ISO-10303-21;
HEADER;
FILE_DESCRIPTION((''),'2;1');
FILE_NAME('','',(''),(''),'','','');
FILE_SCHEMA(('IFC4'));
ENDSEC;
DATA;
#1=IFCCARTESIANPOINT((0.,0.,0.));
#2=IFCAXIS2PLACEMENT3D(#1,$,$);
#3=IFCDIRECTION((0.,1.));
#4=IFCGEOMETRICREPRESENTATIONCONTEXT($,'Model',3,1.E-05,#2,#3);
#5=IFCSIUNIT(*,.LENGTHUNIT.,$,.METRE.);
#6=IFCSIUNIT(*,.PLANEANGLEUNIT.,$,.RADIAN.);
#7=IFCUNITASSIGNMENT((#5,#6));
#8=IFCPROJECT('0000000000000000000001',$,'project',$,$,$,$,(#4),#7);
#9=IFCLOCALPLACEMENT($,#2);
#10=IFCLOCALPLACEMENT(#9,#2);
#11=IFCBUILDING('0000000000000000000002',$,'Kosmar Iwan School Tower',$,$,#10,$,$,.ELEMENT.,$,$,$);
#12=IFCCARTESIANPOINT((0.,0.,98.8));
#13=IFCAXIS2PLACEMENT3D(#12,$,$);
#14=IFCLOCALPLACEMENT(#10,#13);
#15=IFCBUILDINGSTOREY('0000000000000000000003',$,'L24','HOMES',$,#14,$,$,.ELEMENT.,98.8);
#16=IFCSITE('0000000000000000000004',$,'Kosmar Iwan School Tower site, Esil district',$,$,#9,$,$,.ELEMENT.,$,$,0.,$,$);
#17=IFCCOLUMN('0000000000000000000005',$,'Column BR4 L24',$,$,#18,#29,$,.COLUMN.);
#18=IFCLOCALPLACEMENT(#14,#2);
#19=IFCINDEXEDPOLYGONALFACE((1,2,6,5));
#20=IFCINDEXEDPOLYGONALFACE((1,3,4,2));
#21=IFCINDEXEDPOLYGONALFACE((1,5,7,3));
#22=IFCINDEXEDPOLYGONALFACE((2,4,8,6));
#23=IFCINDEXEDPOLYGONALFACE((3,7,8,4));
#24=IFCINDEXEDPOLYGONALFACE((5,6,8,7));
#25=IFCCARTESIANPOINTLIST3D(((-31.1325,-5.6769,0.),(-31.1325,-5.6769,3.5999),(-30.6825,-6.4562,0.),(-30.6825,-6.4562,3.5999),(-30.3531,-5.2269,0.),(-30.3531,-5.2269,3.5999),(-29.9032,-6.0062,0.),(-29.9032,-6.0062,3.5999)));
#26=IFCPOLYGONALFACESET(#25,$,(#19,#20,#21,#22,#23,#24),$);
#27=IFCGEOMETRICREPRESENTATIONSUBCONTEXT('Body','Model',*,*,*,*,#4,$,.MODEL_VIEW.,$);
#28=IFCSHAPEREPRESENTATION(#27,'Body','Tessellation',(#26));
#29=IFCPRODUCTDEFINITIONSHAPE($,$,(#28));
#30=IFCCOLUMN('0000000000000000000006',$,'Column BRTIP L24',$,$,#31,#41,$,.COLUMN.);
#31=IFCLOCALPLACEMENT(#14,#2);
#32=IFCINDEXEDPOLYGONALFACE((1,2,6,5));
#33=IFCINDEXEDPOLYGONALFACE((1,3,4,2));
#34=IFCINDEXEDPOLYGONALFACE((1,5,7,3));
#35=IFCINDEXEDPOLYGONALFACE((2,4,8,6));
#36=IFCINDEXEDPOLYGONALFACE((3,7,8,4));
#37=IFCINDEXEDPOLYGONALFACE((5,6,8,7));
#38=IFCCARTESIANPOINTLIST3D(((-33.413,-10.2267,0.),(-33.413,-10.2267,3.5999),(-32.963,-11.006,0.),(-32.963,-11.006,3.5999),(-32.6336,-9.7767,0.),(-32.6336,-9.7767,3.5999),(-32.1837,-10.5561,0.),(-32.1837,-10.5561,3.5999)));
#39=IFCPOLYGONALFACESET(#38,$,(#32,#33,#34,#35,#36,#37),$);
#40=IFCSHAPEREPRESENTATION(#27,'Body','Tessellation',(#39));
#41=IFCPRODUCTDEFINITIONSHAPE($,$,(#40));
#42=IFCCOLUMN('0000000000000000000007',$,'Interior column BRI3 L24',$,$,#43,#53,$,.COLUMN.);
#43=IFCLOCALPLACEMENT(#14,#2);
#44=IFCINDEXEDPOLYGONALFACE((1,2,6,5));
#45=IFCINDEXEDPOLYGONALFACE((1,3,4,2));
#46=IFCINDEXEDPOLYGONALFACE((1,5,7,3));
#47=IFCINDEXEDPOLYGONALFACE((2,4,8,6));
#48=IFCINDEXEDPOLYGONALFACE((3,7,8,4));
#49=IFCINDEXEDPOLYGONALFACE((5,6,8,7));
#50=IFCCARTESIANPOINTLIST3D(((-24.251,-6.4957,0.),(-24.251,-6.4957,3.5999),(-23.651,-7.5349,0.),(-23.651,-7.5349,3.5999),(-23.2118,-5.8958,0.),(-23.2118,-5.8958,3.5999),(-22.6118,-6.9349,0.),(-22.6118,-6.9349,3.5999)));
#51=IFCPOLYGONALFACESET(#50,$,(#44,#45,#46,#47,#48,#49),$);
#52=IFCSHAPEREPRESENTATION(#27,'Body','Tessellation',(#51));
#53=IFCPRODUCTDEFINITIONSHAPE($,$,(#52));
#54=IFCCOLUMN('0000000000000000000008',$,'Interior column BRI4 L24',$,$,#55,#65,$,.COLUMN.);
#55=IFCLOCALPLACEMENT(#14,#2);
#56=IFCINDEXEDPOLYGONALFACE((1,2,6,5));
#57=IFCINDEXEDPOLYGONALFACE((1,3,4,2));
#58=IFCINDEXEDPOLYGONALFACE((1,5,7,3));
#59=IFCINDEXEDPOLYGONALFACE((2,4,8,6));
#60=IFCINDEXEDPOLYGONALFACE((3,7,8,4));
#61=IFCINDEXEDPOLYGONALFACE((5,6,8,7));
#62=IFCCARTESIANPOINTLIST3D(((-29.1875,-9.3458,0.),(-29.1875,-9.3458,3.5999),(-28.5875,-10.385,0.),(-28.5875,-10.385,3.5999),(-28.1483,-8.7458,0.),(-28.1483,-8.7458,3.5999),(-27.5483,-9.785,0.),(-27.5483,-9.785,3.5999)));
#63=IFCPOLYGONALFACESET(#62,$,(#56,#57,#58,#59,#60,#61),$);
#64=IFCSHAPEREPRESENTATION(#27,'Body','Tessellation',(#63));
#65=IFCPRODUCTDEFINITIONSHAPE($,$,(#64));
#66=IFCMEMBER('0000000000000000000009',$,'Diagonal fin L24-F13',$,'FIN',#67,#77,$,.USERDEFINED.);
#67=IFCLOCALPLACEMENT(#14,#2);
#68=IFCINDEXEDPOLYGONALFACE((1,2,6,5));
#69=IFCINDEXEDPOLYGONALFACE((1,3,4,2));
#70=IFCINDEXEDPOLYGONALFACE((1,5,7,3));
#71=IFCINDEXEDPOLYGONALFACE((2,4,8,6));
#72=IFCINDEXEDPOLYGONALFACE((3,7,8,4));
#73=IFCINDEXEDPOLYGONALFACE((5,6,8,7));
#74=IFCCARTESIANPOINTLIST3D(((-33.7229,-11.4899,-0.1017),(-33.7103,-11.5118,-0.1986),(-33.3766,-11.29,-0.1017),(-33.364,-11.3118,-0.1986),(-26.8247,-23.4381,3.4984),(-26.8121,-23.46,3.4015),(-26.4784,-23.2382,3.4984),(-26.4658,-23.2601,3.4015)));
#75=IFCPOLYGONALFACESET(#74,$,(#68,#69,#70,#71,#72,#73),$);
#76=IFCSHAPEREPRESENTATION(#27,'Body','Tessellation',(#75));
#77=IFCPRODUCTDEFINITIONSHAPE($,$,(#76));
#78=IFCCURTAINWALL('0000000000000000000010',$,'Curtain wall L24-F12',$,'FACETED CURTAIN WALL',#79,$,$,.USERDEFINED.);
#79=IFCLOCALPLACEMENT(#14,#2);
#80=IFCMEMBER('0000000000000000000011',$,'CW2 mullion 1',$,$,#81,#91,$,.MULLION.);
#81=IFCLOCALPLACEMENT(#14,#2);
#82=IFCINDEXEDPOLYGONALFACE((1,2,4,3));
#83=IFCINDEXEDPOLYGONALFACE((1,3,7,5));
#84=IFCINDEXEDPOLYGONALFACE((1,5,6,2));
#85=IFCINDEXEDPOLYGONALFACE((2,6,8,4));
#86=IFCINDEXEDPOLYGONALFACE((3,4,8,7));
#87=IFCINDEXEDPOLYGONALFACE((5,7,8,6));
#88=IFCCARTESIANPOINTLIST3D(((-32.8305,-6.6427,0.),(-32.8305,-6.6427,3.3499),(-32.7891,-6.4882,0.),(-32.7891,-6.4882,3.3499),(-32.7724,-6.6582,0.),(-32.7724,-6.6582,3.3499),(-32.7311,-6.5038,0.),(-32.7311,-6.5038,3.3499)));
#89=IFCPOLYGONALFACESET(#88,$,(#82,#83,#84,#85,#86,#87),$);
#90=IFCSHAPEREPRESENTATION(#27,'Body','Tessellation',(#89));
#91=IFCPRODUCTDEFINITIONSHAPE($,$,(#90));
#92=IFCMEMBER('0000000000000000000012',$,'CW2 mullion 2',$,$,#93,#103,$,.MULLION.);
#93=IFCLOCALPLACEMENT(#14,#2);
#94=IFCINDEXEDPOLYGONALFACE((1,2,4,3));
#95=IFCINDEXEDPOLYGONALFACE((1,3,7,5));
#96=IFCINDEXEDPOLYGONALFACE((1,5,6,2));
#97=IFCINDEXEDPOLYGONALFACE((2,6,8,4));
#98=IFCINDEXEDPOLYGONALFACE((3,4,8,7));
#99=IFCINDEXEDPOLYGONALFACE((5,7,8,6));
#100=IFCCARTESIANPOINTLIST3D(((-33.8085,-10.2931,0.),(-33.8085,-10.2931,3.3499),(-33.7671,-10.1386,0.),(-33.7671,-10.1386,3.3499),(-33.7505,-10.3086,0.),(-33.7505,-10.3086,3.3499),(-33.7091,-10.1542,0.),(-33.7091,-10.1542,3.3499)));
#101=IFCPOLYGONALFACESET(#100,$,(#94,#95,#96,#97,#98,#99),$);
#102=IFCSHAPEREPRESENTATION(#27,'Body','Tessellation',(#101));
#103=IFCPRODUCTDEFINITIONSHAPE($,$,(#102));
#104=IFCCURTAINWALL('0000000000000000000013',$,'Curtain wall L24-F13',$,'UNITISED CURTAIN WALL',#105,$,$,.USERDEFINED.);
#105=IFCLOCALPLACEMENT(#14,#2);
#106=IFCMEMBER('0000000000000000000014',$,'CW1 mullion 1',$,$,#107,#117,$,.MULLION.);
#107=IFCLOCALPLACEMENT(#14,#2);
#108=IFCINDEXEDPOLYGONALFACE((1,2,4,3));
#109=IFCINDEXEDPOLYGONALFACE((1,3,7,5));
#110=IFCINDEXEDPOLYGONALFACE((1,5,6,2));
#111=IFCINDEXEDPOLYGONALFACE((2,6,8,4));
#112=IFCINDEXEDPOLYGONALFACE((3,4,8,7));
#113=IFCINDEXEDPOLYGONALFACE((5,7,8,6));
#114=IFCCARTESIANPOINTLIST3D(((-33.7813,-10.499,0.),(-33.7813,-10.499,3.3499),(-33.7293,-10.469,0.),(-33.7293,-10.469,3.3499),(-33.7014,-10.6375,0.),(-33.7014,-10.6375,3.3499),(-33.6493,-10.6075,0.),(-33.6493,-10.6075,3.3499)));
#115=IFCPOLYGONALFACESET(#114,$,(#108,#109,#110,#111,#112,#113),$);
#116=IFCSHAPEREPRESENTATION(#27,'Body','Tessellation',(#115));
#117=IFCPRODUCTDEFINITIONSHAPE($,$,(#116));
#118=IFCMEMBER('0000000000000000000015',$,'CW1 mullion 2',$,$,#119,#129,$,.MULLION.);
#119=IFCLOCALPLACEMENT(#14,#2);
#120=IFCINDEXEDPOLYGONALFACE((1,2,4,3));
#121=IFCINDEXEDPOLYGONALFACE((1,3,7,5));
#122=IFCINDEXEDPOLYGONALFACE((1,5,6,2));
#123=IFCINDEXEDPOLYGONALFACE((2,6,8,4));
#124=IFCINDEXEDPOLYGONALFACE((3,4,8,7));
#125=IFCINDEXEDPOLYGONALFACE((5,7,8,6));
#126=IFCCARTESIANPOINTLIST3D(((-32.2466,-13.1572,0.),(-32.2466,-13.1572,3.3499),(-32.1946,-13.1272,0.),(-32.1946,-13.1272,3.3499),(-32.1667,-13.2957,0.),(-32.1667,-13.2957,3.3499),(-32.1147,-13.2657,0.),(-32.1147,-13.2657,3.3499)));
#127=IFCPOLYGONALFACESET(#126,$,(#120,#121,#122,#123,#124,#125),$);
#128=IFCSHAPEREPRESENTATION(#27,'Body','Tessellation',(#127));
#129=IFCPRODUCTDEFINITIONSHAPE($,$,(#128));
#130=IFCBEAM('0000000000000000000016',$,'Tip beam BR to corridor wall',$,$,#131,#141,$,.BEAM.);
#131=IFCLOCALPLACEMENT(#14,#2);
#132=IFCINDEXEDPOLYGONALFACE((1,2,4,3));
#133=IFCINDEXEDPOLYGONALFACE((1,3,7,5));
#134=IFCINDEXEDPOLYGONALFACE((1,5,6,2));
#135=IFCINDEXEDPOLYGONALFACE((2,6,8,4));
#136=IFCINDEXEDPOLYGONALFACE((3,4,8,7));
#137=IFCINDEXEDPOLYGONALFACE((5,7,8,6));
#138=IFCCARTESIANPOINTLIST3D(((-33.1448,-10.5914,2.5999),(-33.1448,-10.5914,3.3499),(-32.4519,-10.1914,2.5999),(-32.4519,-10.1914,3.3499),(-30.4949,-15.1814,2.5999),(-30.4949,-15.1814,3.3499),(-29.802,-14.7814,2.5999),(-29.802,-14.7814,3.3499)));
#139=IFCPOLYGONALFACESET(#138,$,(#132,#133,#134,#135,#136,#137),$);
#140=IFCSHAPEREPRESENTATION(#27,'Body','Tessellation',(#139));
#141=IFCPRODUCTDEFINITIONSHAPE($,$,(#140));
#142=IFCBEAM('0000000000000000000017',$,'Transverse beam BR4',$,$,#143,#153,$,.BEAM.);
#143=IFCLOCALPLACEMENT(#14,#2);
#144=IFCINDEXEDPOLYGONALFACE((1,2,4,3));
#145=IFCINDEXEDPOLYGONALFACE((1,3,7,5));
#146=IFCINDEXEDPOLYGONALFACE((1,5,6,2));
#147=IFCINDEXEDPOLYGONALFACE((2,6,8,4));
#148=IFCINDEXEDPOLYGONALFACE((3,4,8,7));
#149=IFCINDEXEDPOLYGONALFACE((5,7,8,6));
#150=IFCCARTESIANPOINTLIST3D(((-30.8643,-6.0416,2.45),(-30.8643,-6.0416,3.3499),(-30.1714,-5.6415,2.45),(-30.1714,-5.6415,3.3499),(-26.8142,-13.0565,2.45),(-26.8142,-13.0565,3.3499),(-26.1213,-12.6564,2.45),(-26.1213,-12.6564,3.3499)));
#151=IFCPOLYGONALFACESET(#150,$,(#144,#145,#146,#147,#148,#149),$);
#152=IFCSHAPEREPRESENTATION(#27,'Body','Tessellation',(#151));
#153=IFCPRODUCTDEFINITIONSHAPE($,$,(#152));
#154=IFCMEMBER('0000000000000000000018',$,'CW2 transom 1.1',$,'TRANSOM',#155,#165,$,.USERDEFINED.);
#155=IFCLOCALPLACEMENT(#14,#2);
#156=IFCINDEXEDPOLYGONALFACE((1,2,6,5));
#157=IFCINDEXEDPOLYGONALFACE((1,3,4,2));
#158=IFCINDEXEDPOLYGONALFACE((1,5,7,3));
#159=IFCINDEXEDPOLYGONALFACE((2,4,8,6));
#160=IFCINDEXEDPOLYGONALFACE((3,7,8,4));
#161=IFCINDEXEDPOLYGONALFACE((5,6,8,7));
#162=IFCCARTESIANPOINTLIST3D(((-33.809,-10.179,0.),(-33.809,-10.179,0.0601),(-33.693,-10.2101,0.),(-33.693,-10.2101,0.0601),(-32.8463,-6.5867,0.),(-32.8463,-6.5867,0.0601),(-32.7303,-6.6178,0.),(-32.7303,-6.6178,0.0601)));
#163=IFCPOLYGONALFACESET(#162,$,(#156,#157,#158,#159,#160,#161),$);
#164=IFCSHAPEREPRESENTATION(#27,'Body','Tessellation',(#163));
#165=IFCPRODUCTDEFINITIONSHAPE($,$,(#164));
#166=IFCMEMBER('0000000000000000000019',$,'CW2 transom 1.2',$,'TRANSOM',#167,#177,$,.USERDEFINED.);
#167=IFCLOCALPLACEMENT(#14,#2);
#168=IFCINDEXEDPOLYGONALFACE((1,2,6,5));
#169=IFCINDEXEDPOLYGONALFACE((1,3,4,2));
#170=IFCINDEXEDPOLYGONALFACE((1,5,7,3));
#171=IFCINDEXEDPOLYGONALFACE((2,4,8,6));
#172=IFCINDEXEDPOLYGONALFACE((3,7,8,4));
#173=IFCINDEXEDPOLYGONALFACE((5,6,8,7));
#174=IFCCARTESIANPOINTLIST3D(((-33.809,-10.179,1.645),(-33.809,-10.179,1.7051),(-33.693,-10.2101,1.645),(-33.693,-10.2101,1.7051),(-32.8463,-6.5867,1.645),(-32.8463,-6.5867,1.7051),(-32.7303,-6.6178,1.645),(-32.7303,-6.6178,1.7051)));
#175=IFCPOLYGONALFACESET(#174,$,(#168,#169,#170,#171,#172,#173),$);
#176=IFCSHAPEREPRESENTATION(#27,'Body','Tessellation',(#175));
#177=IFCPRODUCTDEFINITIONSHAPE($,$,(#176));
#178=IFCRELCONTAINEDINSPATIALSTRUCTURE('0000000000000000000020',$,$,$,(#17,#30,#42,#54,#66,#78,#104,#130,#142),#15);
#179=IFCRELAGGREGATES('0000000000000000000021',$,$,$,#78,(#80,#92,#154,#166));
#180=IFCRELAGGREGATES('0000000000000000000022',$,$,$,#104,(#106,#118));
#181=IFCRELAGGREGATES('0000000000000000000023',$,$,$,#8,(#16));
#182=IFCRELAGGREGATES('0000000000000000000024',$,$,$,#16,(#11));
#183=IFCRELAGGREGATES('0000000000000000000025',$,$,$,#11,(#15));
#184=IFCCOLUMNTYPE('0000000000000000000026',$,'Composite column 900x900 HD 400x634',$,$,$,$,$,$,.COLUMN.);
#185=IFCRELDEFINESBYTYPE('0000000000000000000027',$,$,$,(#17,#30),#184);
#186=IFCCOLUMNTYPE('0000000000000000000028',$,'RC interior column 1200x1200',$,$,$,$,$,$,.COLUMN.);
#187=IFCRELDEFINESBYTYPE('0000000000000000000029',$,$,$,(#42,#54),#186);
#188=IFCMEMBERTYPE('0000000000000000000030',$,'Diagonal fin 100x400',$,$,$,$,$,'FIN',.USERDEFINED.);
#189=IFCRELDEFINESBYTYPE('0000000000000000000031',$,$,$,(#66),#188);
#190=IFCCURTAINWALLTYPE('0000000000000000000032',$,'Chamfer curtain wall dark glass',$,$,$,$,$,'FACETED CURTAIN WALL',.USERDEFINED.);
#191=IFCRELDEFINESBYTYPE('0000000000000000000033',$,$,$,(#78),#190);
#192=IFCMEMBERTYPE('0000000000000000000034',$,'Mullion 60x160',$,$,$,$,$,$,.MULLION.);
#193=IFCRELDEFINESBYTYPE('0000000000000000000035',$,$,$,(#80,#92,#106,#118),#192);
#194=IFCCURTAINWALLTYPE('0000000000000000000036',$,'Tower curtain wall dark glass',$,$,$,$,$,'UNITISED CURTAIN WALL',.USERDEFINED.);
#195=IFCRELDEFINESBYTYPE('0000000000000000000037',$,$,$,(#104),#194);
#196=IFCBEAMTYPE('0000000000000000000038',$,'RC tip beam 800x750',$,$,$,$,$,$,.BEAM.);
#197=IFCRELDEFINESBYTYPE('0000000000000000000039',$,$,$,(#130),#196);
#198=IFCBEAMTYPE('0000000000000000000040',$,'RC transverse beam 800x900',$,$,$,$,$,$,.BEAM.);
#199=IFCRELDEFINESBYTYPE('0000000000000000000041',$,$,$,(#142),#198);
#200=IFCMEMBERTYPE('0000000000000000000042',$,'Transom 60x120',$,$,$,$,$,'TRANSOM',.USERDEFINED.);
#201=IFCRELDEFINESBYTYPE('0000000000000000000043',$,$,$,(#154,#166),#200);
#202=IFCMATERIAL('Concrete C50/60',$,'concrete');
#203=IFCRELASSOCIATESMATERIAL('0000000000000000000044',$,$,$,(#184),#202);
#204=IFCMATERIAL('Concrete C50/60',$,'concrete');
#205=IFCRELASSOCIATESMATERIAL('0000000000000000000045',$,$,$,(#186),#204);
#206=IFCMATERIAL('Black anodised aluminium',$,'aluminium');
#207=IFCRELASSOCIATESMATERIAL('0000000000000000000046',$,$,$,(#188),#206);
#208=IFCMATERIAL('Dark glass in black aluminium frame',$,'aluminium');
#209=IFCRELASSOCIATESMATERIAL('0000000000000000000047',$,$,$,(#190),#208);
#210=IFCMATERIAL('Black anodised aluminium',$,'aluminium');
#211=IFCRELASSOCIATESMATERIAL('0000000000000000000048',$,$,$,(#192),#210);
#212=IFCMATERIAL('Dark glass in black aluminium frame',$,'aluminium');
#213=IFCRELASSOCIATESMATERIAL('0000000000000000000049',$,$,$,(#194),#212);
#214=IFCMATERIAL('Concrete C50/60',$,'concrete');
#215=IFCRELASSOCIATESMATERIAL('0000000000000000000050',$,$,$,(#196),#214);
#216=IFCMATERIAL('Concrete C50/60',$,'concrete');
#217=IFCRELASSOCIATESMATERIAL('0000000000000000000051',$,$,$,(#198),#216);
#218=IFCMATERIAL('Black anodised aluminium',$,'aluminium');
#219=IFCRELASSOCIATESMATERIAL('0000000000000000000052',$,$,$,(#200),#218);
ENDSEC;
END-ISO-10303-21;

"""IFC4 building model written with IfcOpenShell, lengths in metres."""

from ifc_helpers import new_model, si_unit, direction, frame, origin, origin_2d, place, context, subcontext, project, spatial, rectangle, extrude, material, material_profile, profile_set, type_object, element, aggregate, save


model = new_model("IFC4")

# Units and contexts
model_context = context("Model", 3, precision=1e-05, world=origin(), true_north=direction((0.0, 1.0)))
body_context = subcontext(model_context, "Body", "Model", "MODEL_VIEW")
ifc_project = project(units=[si_unit("LENGTHUNIT", "METRE"), si_unit("PLANEANGLEUNIT", "RADIAN")], contexts=[model_context])

# Site, building, storey
site_placement = place(None, origin())
site = spatial("IfcSite", under=ifc_project, at=site_placement, Name="Kosmar Iwan School Tower site, Esil district", CompositionType="ELEMENT", RefElevation=0.0)
building_placement = place(site_placement, origin())
building = spatial("IfcBuilding", under=site, at=building_placement, Name="Kosmar Iwan School Tower", CompositionType="ELEMENT")
storey_placement = place(building_placement, frame((0.0, 0.0, 98.8)))
storey = spatial("IfcBuildingStorey", under=building, at=storey_placement, Name="L24", Description="HOMES", CompositionType="ELEMENT", Elevation=98.8)

# Columns
ifc_material_1 = material(Name="Concrete C50/60", Category="concrete")
ifc_material_profile_1 = material_profile(ifc_material_1, rectangle(XDim=0.8999, YDim=0.8999, at=origin_2d()), Name="RC 900x900 + HD 400x634")
ifc_profile_set_1 = profile_set([ifc_material_profile_1], Name="Concrete C50/60")
column_type_1 = type_object("IfcColumnType", Name="Composite column 900x900 HD 400x634", PredefinedType="COLUMN", material=ifc_profile_set_1)
for number, where, z_axis, x_axis, name in (
    (1, (-30.5178, -5.8416, 0.0), (0.0, 0.0, 1.0), (-0.866025, -0.5, 0.0), "Column BR4 L24"),
    (2, (-32.7983, -10.3914, 0.0), (0.0, 0.0, 1.0), (-0.866025, -0.5, 0.0), "Column BRTIP L24"),
):
    element("IfcColumn", number, at=place(storey_placement, frame(where, z_axis=z_axis, x_axis=x_axis)), inside=storey, type_object=column_type_1, Name=name, PredefinedType="COLUMN", context=body_context, shape_type="SweptSolid", body=[
        extrude(rectangle(XDim=0.8999, YDim=0.8999, at=origin_2d()), origin(), (0.0, 0.0, 1.0), 3.5999),
    ])
ifc_material_2 = material(Name="Concrete C50/60", Category="concrete")
ifc_material_profile_2 = material_profile(ifc_material_2, rectangle(XDim=1.2, YDim=1.2, at=origin_2d()), Name="RC 1200x1200")
ifc_profile_set_2 = profile_set([ifc_material_profile_2], Name="Concrete C50/60")
column_type_2 = type_object("IfcColumnType", Name="RC interior column 1200x1200", PredefinedType="COLUMN", material=ifc_profile_set_2)
for number, where, z_axis, x_axis, name in (
    (3, (-23.4314, -6.7153, 0.0), (0.0, 0.0, 1.0), (-0.866025, -0.5, 0.0), "Interior column BRI3 L24"),
    (4, (-28.3679, -9.5654, 0.0), (0.0, 0.0, 1.0), (-0.866025, -0.5, 0.0), "Interior column BRI4 L24"),
):
    element("IfcColumn", number, at=place(storey_placement, frame(where, z_axis=z_axis, x_axis=x_axis)), inside=storey, type_object=column_type_2, Name=name, PredefinedType="COLUMN", context=body_context, shape_type="SweptSolid", body=[
        extrude(rectangle(XDim=1.2, YDim=1.2, at=origin_2d()), origin(), (0.0, 0.0, 1.0), 3.5999),
    ])

# Member
ifc_material_3 = material(Name="Black anodised aluminium", Category="aluminium")
ifc_material_profile_3 = material_profile(ifc_material_3, rectangle(XDim=0.1001, YDim=0.3999, at=origin_2d()), Name="FIN 100x400")
ifc_profile_set_3 = profile_set([ifc_material_profile_3], Name="Black anodised aluminium")
member_type_1 = type_object("IfcMemberType", Name="Diagonal fin 100x400", ElementType="FIN", PredefinedType="USERDEFINED", material=ifc_profile_set_3)
member_1_placement = place(storey_placement, frame((-33.5435, -11.4009, -0.1501), z_axis=(0.483793, -0.83797, 0.252487), x_axis=(-0.126242, 0.218661, 0.9676)))
element("IfcMember", 5, at=member_1_placement, inside=storey, type_object=member_type_1, Name="Diagonal fin L24-F13", ObjectType="FIN", PredefinedType="USERDEFINED", context=body_context, shape_type="SweptSolid", body=[
    extrude(rectangle(XDim=0.1001, YDim=0.3999, at=origin_2d()), origin(), (0.0, 0.0, 1.0), 14.2585),
])

# Curtain walls, members
ifc_material_4 = material(Name="Dark glass in black aluminium frame", Category="aluminium")
curtain_wall_type_1 = type_object("IfcCurtainWallType", Name="Chamfer curtain wall dark glass", ElementType="FACETED CURTAIN WALL", PredefinedType="USERDEFINED", material=ifc_material_4)
curtain_wall_1_placement = place(storey_placement, origin())
curtain_wall_1 = element("IfcCurtainWall", 6, at=curtain_wall_1_placement, inside=storey, type_object=curtain_wall_type_1, Name="Curtain wall L24-F12", ObjectType="FACETED CURTAIN WALL", PredefinedType="USERDEFINED")
ifc_material_5 = material(Name="Black anodised aluminium", Category="aluminium")
ifc_material_profile_4 = material_profile(ifc_material_5, rectangle(XDim=0.0601, YDim=0.1599, at=origin_2d()), Name="MULLION 60x160")
ifc_profile_set_4 = profile_set([ifc_material_profile_4], Name="Black anodised aluminium")
member_type_2 = type_object("IfcMemberType", Name="Mullion 60x160", PredefinedType="MULLION", material=ifc_profile_set_4)
member_2_placement = place(storey_placement, frame((-32.7808, -6.5732, 0.0), z_axis=(0.0, 0.0, 1.0), x_axis=(0.965926, -0.258819, 0.0)))
member_2 = element("IfcMember", 7, at=member_2_placement, type_object=member_type_2, Name="CW2 mullion 1", PredefinedType="MULLION", context=body_context, shape_type="SweptSolid", body=[
    extrude(rectangle(XDim=0.0601, YDim=0.1599, at=origin_2d()), origin(), (0.0, 0.0, 1.0), 3.3499),
])
member_3_placement = place(storey_placement, frame((-33.7588, -10.2236, 0.0), z_axis=(0.0, 0.0, 1.0), x_axis=(0.965926, -0.258819, 0.0)))
member_3 = element("IfcMember", 8, at=member_3_placement, type_object=member_type_2, Name="CW2 mullion 2", PredefinedType="MULLION", context=body_context, shape_type="SweptSolid", body=[
    extrude(rectangle(XDim=0.0601, YDim=0.1599, at=origin_2d()), origin(), (0.0, 0.0, 1.0), 3.3499),
])
ifc_material_6 = material(Name="Dark glass in black aluminium frame", Category="aluminium")
curtain_wall_type_2 = type_object("IfcCurtainWallType", Name="Tower curtain wall dark glass", ElementType="UNITISED CURTAIN WALL", PredefinedType="USERDEFINED", material=ifc_material_6)
curtain_wall_2_placement = place(storey_placement, origin())
curtain_wall_2 = element("IfcCurtainWall", 9, at=curtain_wall_2_placement, inside=storey, type_object=curtain_wall_type_2, Name="Curtain wall L24-F13", ObjectType="UNITISED CURTAIN WALL", PredefinedType="USERDEFINED")
member_4_placement = place(storey_placement, frame((-33.7153, -10.5532, 0.0), z_axis=(0.0, 0.0, 1.0), x_axis=(0.866025, 0.5, 0.0)))
member_4 = element("IfcMember", 10, at=member_4_placement, type_object=member_type_2, Name="CW1 mullion 1", PredefinedType="MULLION", context=body_context, shape_type="SweptSolid", body=[
    extrude(rectangle(XDim=0.0601, YDim=0.1599, at=origin_2d()), origin(), (0.0, 0.0, 1.0), 3.3499),
])
member_5_placement = place(storey_placement, frame((-32.1807, -13.2114, 0.0), z_axis=(0.0, 0.0, 1.0), x_axis=(0.866025, 0.5, 0.0)))
member_5 = element("IfcMember", 11, at=member_5_placement, type_object=member_type_2, Name="CW1 mullion 2", PredefinedType="MULLION", context=body_context, shape_type="SweptSolid", body=[
    extrude(rectangle(XDim=0.0601, YDim=0.1599, at=origin_2d()), origin(), (0.0, 0.0, 1.0), 3.3499),
])

# Beams
ifc_material_7 = material(Name="Concrete C50/60", Category="concrete")
ifc_material_profile_5 = material_profile(ifc_material_7, rectangle(XDim=0.8, YDim=0.75, at=origin_2d()), Name="RC 800x750")
ifc_profile_set_5 = profile_set([ifc_material_profile_5], Name="Concrete C50/60")
beam_type_1 = type_object("IfcBeamType", Name="RC tip beam 800x750", PredefinedType="BEAM", material=ifc_profile_set_5)
beam_1_placement = place(storey_placement, frame((-32.7983, -10.3914, 2.9749), z_axis=(0.499974, -0.866041, 0.0), x_axis=(0.866041, 0.499974, 0.0)))
element("IfcBeam", 12, at=beam_1_placement, inside=storey, type_object=beam_type_1, Name="Tip beam BR to corridor wall", PredefinedType="BEAM", context=body_context, shape_type="SweptSolid", body=[
    extrude(rectangle(XDim=0.8, YDim=0.75, at=origin_2d()), origin(), (0.0, 0.0, 1.0), 5.3),
])
ifc_material_8 = material(Name="Concrete C50/60", Category="concrete")
ifc_material_profile_6 = material_profile(ifc_material_8, rectangle(XDim=0.8, YDim=0.8999, at=origin_2d()), Name="RC 800x900")
ifc_profile_set_6 = profile_set([ifc_material_profile_6], Name="Concrete C50/60")
beam_type_2 = type_object("IfcBeamType", Name="RC transverse beam 800x900", PredefinedType="BEAM", material=ifc_profile_set_6)
beam_2_placement = place(storey_placement, frame((-30.5178, -5.8416, 2.8999), z_axis=(0.5, -0.866025, 0.0), x_axis=(0.866025, 0.5, 0.0)))
element("IfcBeam", 13, at=beam_2_placement, inside=storey, type_object=beam_type_2, Name="Transverse beam BR4", PredefinedType="BEAM", context=body_context, shape_type="SweptSolid", body=[
    extrude(rectangle(XDim=0.8, YDim=0.8999, at=origin_2d()), origin(), (0.0, 0.0, 1.0), 8.1001),
])

# Members
ifc_material_9 = material(Name="Black anodised aluminium", Category="aluminium")
ifc_material_profile_7 = material_profile(ifc_material_9, rectangle(XDim=0.1201, YDim=0.0601, at=origin_2d()), Name="TRANSOM 60x120")
ifc_profile_set_7 = profile_set([ifc_material_profile_7], Name="Black anodised aluminium")
member_type_3 = type_object("IfcMemberType", Name="Transom 60x120", ElementType="TRANSOM", PredefinedType="USERDEFINED", material=ifc_profile_set_7)
member_6_placement = place(storey_placement, frame((-32.7883, -6.6023, 0.03), z_axis=(-0.258843, -0.965919, 0.0), x_axis=(0.965919, -0.258843, 0.0)))
member_6 = element("IfcMember", 14, at=member_6_placement, type_object=member_type_3, Name="CW2 transom 1.1", ObjectType="TRANSOM", PredefinedType="USERDEFINED", context=body_context, shape_type="SweptSolid", body=[
    extrude(rectangle(XDim=0.1201, YDim=0.0601, at=origin_2d()), origin(), (0.0, 0.0, 1.0), 3.719),
])
member_7_placement = place(storey_placement, frame((-32.7883, -6.6023, 1.675), z_axis=(-0.258843, -0.965919, 0.0), x_axis=(0.965919, -0.258843, 0.0)))
member_7 = element("IfcMember", 15, at=member_7_placement, type_object=member_type_3, Name="CW2 transom 1.2", ObjectType="TRANSOM", PredefinedType="USERDEFINED", context=body_context, shape_type="SweptSolid", body=[
    extrude(rectangle(XDim=0.1201, YDim=0.0601, at=origin_2d()), origin(), (0.0, 0.0, 1.0), 3.719),
])

aggregate(curtain_wall_1, [member_2, member_3, member_6, member_7])
aggregate(curtain_wall_2, [member_4, member_5])

save(model, "model.ifc")
